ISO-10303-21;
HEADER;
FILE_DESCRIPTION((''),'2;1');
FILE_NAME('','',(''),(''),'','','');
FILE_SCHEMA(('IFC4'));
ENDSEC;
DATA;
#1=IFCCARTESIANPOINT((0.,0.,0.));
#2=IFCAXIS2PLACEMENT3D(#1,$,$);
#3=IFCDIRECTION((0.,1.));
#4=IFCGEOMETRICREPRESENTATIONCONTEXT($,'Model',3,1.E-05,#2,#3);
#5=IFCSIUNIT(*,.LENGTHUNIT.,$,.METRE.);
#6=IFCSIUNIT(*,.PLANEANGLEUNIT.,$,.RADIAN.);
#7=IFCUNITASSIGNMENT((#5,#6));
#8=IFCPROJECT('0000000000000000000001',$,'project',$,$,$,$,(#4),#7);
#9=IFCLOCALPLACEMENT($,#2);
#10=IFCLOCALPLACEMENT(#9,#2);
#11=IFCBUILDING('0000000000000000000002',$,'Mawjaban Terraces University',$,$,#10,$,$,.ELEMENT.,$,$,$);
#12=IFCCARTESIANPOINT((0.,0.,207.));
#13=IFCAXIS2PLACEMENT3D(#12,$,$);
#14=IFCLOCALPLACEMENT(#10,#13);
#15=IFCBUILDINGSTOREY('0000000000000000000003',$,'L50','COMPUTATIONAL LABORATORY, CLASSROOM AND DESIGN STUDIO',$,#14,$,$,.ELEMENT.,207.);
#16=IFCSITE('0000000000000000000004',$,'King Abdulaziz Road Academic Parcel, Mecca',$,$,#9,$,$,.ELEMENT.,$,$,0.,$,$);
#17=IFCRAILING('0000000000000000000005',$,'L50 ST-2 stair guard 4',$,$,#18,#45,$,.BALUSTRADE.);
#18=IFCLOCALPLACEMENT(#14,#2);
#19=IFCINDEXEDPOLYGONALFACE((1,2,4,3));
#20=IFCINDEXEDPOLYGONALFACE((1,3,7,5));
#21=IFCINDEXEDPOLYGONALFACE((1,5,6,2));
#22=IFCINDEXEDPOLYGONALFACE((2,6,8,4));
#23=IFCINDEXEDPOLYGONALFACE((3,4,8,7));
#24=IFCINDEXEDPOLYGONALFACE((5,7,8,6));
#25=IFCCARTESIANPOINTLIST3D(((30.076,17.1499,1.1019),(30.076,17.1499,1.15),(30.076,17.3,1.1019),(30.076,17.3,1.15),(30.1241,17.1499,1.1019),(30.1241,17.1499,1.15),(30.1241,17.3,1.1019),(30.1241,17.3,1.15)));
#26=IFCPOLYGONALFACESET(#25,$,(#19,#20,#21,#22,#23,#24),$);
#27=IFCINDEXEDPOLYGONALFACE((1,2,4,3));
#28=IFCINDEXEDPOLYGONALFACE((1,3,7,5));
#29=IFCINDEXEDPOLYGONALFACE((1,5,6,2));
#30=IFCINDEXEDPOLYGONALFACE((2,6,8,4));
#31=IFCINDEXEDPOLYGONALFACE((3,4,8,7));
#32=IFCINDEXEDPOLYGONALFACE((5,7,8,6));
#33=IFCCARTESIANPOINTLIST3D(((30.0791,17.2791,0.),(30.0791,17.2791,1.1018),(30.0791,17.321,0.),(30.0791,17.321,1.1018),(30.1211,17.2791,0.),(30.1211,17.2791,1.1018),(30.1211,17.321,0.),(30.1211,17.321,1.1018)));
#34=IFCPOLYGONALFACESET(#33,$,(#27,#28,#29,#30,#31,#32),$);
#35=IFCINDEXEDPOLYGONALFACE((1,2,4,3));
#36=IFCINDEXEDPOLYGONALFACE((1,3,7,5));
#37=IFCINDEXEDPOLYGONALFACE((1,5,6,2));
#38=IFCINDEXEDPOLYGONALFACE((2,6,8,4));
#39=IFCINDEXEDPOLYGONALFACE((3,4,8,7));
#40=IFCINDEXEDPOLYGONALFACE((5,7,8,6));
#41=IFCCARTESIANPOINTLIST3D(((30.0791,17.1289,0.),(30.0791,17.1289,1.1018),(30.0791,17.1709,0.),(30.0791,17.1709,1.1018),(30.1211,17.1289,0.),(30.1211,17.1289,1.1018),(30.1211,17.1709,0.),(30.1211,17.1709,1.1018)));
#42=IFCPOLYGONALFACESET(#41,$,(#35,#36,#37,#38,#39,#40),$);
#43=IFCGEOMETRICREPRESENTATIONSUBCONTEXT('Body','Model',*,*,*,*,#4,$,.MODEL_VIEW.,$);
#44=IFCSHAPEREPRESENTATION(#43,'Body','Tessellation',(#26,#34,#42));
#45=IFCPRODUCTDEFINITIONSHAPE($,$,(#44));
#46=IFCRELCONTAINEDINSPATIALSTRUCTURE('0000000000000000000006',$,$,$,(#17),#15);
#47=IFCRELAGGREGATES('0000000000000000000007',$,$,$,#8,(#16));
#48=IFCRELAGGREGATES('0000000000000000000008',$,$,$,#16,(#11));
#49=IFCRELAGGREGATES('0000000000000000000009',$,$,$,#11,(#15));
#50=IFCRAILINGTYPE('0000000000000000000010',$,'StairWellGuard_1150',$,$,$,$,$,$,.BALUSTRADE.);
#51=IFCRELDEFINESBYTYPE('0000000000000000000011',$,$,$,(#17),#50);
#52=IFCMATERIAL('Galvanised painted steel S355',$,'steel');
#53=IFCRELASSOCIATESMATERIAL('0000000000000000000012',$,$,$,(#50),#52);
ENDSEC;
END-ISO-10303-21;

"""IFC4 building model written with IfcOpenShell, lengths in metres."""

from ifc_helpers import new_model, si_unit, direction, frame, origin, origin_2d, place, context, subcontext, project, spatial, rectangle, extrude, material, type_object, element, save


model = new_model("IFC4")

# Units and contexts
model_context = context("Model", 3, precision=1e-05, world=origin(), true_north=direction((0.0, 1.0)))
body_context = subcontext(model_context, "Body", "Model", "MODEL_VIEW")
ifc_project = project(units=[si_unit("LENGTHUNIT", "METRE"), si_unit("PLANEANGLEUNIT", "RADIAN")], contexts=[model_context])

# Site, building, storey
site_placement = place(None, origin())
site = spatial("IfcSite", under=ifc_project, at=site_placement, Name="King Abdulaziz Road Academic Parcel, Mecca", CompositionType="ELEMENT", RefElevation=0.0)
building_placement = place(site_placement, origin())
building = spatial("IfcBuilding", under=site, at=building_placement, Name="Mawjaban Terraces University", CompositionType="ELEMENT")
storey_placement = place(building_placement, frame((0.0, 0.0, 207.0)))
storey = spatial("IfcBuildingStorey", under=building, at=storey_placement, Name="L50", Description="COMPUTATIONAL LABORATORY, CLASSROOM AND DESIGN STUDIO", CompositionType="ELEMENT", Elevation=207.0)

# Railing
ifc_material_1 = material(Name="Galvanised painted steel S355", Category="steel")
railing_type = type_object("IfcRailingType", Name="StairWellGuard_1150", PredefinedType="BALUSTRADE", material=ifc_material_1)
railing_placement = place(storey_placement, frame((30.1001, 17.3, 0.0)))
element("IfcRailing", 1, at=railing_placement, inside=storey, type_object=railing_type, Name="L50 ST-2 stair guard 4", PredefinedType="BALUSTRADE", context=body_context, shape_type="SweptSolid", body=[
    extrude(rectangle(XDim=0.0481, YDim=0.0481, at=origin_2d()), frame((0.0, 0.0, 1.126), z_axis=(0.0, -1.0, 0.0), x_axis=(1.0, 0.0, 0.0)), (0.0, 0.0, 1.0), 0.1501),
    extrude(rectangle(XDim=0.042, YDim=0.042, at=origin_2d()), origin(), (0.0, 0.0, 1.0), 1.1018),
    extrude(rectangle(XDim=0.042, YDim=0.042, at=origin_2d()), frame((0.0, -0.1501, 0.0)), (0.0, 0.0, 1.0), 1.1018),
])

save(model, "model.ifc")
